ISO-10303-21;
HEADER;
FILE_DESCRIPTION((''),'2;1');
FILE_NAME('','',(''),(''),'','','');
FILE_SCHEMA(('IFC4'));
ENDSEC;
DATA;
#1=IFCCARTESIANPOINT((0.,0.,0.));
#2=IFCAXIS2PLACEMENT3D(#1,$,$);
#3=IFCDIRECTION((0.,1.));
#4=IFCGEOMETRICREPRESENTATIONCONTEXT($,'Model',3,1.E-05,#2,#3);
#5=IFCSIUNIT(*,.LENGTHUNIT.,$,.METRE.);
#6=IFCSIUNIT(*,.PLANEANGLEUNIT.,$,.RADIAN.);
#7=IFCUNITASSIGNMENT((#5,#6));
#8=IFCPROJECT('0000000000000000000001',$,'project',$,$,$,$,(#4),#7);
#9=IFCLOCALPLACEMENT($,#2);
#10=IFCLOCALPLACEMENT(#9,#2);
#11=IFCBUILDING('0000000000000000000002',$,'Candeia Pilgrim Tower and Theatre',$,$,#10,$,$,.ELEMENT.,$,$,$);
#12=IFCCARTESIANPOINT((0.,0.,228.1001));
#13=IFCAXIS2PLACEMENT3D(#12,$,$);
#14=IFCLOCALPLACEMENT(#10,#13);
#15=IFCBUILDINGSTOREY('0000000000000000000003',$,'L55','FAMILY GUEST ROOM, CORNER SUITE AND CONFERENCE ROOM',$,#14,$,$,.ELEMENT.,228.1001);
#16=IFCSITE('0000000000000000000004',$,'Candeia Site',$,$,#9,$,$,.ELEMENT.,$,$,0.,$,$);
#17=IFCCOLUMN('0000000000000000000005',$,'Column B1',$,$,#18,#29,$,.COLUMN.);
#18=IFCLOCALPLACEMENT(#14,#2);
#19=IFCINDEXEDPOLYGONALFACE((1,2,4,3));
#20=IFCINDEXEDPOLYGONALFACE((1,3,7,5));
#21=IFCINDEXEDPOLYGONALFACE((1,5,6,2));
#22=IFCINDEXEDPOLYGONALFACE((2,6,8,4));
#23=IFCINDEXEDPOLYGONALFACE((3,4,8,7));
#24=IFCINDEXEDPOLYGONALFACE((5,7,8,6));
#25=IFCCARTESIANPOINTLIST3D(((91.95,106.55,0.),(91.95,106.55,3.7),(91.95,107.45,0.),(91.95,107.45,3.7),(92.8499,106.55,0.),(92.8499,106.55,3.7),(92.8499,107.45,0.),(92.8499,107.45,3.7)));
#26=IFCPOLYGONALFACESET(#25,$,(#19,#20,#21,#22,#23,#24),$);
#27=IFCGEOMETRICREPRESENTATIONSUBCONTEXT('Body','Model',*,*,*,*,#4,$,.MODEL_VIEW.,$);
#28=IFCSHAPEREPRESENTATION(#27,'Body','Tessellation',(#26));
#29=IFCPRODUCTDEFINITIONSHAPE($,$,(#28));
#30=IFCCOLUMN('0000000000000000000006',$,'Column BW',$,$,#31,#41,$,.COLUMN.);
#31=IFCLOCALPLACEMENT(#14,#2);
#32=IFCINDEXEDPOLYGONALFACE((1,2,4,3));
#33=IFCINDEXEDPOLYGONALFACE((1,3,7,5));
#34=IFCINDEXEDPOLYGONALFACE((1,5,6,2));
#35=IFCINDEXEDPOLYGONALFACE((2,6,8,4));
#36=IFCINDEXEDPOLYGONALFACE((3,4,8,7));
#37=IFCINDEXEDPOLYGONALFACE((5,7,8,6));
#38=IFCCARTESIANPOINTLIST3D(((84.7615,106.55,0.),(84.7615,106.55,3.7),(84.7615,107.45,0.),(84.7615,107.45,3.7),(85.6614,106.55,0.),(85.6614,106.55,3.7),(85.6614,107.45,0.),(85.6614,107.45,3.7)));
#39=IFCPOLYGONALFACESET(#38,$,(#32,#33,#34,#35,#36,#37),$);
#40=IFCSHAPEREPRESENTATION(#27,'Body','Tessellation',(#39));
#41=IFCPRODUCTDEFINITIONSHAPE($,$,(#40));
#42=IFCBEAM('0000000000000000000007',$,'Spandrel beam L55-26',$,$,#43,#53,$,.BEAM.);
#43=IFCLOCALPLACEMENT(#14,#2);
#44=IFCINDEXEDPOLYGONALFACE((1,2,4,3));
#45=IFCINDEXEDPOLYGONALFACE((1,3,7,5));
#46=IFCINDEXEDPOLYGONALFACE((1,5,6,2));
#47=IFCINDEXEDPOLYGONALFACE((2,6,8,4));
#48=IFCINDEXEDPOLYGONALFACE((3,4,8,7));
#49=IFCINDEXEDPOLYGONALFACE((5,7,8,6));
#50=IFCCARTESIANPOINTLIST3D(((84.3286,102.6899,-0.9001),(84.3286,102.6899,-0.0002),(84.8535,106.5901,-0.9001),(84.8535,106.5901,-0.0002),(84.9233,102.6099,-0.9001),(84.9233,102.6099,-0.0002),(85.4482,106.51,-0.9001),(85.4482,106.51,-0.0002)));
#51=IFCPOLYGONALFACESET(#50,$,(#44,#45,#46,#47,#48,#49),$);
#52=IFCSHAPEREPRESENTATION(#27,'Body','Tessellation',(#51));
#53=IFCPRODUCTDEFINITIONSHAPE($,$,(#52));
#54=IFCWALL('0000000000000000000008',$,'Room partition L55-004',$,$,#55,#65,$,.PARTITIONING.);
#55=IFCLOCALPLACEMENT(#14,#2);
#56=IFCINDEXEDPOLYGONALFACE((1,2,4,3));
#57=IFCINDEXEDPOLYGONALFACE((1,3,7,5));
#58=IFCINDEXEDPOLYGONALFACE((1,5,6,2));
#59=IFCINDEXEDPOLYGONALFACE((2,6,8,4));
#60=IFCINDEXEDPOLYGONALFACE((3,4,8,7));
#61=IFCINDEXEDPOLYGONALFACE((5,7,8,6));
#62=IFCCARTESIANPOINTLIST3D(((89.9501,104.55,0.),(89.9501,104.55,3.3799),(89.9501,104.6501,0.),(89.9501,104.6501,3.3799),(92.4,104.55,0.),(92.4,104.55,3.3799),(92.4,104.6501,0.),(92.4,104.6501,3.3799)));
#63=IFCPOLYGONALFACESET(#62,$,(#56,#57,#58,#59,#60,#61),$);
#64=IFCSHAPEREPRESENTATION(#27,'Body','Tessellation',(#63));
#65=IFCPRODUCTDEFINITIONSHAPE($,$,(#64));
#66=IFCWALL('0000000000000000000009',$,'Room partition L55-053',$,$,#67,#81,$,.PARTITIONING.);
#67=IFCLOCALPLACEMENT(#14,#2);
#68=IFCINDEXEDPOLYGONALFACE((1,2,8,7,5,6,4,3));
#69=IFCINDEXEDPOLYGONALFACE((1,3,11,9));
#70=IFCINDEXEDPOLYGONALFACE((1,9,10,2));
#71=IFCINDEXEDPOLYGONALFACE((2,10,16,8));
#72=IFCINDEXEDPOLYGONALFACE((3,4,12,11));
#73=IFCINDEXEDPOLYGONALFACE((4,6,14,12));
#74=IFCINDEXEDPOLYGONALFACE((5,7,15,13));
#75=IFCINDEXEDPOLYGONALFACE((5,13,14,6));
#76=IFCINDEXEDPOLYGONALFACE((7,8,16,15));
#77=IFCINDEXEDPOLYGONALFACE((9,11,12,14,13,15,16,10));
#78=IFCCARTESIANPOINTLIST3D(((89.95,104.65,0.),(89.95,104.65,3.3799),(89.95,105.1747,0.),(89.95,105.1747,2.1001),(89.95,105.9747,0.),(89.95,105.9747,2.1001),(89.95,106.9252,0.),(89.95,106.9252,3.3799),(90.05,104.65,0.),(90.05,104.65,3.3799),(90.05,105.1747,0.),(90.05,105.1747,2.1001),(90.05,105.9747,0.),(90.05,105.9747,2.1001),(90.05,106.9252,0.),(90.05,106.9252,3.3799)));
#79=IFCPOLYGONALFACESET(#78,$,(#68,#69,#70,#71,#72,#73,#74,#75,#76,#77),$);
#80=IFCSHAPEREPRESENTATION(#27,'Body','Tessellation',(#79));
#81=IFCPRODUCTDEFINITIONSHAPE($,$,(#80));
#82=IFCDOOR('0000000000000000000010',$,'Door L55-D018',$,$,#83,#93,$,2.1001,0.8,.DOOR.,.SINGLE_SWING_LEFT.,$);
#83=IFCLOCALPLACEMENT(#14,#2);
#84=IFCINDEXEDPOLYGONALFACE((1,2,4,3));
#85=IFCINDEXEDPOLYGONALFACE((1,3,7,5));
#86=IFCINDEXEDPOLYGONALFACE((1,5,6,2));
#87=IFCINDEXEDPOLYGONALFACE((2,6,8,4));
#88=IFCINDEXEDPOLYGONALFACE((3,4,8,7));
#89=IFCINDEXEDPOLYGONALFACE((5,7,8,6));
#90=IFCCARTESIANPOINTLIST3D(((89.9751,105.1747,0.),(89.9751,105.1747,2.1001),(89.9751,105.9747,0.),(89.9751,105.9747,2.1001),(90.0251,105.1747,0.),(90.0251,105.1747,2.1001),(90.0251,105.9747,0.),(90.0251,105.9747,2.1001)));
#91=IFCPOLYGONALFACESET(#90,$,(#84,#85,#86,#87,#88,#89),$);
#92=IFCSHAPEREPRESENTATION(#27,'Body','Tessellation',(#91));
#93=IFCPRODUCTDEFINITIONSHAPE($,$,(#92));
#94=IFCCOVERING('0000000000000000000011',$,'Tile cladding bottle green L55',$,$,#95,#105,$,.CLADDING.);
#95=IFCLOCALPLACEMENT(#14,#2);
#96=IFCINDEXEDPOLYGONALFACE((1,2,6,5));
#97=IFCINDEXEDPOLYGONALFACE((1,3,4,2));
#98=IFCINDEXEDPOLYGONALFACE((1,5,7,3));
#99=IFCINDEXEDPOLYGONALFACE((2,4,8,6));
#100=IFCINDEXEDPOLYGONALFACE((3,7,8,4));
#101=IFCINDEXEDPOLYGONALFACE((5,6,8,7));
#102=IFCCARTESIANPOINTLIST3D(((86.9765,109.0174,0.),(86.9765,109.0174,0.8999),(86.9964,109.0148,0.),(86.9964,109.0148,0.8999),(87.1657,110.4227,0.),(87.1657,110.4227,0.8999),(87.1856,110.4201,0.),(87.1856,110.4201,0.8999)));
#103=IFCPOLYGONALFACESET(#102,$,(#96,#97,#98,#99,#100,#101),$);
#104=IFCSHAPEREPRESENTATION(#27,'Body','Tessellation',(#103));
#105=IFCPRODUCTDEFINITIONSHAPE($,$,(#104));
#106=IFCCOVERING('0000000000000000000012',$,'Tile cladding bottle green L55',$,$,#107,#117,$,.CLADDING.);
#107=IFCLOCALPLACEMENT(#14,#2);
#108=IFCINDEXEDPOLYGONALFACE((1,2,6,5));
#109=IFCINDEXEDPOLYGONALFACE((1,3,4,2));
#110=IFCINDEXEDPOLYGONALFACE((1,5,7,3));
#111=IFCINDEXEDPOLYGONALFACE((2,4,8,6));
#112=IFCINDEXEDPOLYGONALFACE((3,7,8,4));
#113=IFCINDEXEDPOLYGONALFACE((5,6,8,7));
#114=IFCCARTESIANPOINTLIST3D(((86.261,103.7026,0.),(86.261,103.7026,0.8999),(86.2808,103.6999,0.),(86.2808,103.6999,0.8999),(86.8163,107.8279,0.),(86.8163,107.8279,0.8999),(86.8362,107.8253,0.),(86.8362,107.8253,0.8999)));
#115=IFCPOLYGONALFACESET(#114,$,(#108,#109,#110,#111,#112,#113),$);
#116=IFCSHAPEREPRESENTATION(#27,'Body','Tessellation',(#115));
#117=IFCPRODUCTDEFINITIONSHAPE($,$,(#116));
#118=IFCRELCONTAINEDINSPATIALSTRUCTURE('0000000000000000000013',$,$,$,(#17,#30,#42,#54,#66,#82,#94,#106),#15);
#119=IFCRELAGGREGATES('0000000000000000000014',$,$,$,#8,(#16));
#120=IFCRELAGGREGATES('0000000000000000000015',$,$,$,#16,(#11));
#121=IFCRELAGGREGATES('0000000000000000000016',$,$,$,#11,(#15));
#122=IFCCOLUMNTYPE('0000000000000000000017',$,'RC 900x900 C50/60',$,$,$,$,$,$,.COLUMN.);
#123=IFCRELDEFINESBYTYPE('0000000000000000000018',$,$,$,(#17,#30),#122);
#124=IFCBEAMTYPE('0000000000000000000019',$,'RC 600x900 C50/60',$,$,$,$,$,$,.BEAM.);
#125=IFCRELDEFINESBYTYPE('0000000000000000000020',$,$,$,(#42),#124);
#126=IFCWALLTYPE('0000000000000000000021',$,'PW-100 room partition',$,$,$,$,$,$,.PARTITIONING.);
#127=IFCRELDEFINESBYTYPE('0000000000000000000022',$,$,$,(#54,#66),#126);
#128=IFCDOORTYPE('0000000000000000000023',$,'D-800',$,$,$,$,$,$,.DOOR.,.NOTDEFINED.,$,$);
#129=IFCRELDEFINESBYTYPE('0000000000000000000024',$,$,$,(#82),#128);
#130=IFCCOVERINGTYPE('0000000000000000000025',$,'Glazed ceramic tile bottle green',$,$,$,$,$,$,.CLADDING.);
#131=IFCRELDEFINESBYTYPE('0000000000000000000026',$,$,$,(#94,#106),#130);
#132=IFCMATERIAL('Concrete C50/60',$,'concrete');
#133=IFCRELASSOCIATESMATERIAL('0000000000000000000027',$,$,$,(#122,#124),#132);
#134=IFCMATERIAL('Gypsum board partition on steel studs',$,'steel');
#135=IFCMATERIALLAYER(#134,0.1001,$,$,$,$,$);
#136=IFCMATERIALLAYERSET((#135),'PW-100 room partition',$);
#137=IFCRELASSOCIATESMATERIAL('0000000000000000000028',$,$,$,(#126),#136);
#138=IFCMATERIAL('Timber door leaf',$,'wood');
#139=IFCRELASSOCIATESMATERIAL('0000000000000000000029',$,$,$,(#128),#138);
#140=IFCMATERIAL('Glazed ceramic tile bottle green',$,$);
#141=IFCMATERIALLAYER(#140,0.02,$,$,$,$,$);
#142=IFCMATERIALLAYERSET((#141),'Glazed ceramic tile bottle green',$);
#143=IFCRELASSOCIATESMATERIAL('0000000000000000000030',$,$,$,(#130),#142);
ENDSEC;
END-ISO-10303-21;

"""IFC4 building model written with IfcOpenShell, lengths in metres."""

from ifc_helpers import new_model, si_unit, direction, frame, frame_2d, origin, origin_2d, place, context, subcontext, project, spatial, rectangle, extrude, material, layer, layer_set, material_profile, profile_set, type_object, element, fill, save


model = new_model("IFC4")

# Units and contexts
model_context = context("Model", 3, precision=1e-05, world=origin(), true_north=direction((0.0, 1.0)))
body_context = subcontext(model_context, "Body", "Model", "MODEL_VIEW")
ifc_project = project(units=[si_unit("LENGTHUNIT", "METRE"), si_unit("PLANEANGLEUNIT", "RADIAN")], contexts=[model_context])

# Site, building, storey
site_placement = place(None, origin())
site = spatial("IfcSite", under=ifc_project, at=site_placement, Name="Candeia Site", CompositionType="ELEMENT", RefElevation=0.0)
building_placement = place(site_placement, origin())
building = spatial("IfcBuilding", under=site, at=building_placement, Name="Candeia Pilgrim Tower and Theatre", CompositionType="ELEMENT")
storey_placement = place(building_placement, frame((0.0, 0.0, 228.1001)))
storey = spatial("IfcBuildingStorey", under=building, at=storey_placement, Name="L55", Description="FAMILY GUEST ROOM, CORNER SUITE AND CONFERENCE ROOM", CompositionType="ELEMENT", Elevation=228.1001)

# Columns
ifc_material_1 = material(Name="Concrete C50/60", Category="concrete")
ifc_material_profile_1 = material_profile(ifc_material_1, rectangle(XDim=0.8999, YDim=0.8999, at=origin_2d()))
ifc_profile_set_1 = profile_set([ifc_material_profile_1], Name="Concrete C50/60")
column_type = type_object("IfcColumnType", Name="RC 900x900 C50/60", PredefinedType="COLUMN", material=ifc_profile_set_1)
for number, where, z_axis, x_axis, name in (
    (1, (92.3999, 107.0, 0.0), (0.0, 0.0, 1.0), (1.0, 0.0, 0.0), "Column B1"),
    (2, (85.2114, 107.0, 0.0), (0.0, 0.0, 1.0), (1.0, 0.0, 0.0), "Column BW"),
):
    element("IfcColumn", number, at=place(storey_placement, frame(where, z_axis=z_axis, x_axis=x_axis)), inside=storey, type_object=column_type, Name=name, PredefinedType="COLUMN", context=body_context, shape_type="SweptSolid", body=[
        extrude(rectangle(XDim=0.8999, YDim=0.8999, at=origin_2d()), origin(), (0.0, 0.0, 1.0), 3.7),
    ])

# Beam
ifc_material_profile_2 = material_profile(ifc_material_1, rectangle(XDim=0.6001, YDim=0.8999, at=origin_2d()))
ifc_profile_set_2 = profile_set([ifc_material_profile_2], Name="Concrete C50/60")
beam_type = type_object("IfcBeamType", Name="RC 600x900 C50/60", PredefinedType="BEAM", material=ifc_profile_set_2)
beam_placement = place(storey_placement, frame((85.1509, 106.55, -0.4502), z_axis=(-0.133383, -0.991065, 0.0), x_axis=(0.991065, -0.133383, 0.0)))
element("IfcBeam", 3, at=beam_placement, inside=storey, type_object=beam_type, Name="Spandrel beam L55-26", PredefinedType="BEAM", context=body_context, shape_type="SweptSolid", body=[
    extrude(rectangle(XDim=0.6001, YDim=0.8999, at=origin_2d()), origin(), (0.0, 0.0, 1.0), 3.9353),
])

# Wall
ifc_material_2 = material(Name="Gypsum board partition on steel studs", Category="steel")
ifc_layer_1 = layer(ifc_material_2, 0.1001)
ifc_layer_set_1 = layer_set([ifc_layer_1], Name="PW-100 room partition")
wall_type_1 = type_object("IfcWallType", Name="PW-100 room partition", PredefinedType="PARTITIONING", material=ifc_layer_set_1)
wall_1_placement = place(storey_placement, frame((89.95, 104.6001, 0.0), z_axis=(0.0, 0.0, 1.0), x_axis=(1.0, 0.0, 0.0)))
element("IfcWall", 4, at=wall_1_placement, inside=storey, type_object=wall_type_1, Name="Room partition L55-004", PredefinedType="PARTITIONING", context=body_context, shape_type="SweptSolid", body=[
    extrude(rectangle(XDim=2.45, YDim=0.1001, at=frame_2d((1.2251, 0.0))), origin(), (0.0, 0.0, 1.0), 3.3799),
])

# Wall, opening, door
wall_2_placement = place(storey_placement, frame((90.0, 104.6499, 0.0), z_axis=(0.0, 0.0, 1.0), x_axis=(0.0, 1.0, 0.0)))
wall_2 = element("IfcWall", 5, at=wall_2_placement, inside=storey, type_object=wall_type_1, Name="Room partition L55-053", PredefinedType="PARTITIONING", context=body_context, shape_type="SweptSolid", body=[
    extrude(rectangle(XDim=2.2751, YDim=0.1001, at=frame_2d((1.1377, 0.0))), origin(), (0.0, 0.0, 1.0), 3.3799),
])
opening_1_placement = place(wall_2_placement, frame((0.5249, 0.0, 0.0)))
opening_1 = element("IfcOpeningElement", 6, at=opening_1_placement, cuts=wall_2, PredefinedType="OPENING", context=body_context, shape_type="SweptSolid", body=[
    extrude(rectangle(XDim=0.8, YDim=2.1001, at=frame_2d((0.3999, 1.05))), frame((0.0, 0.0601, 0.0), z_axis=(0.0, -1.0, 0.0), x_axis=(1.0, 0.0, 0.0)), (0.0, 0.0, 1.0), 0.1201),
])
ifc_material_3 = material(Name="Timber door leaf", Category="wood")
door_type_1 = type_object("IfcDoorType", Name="D-800", OperationType="NOTDEFINED", PredefinedType="DOOR", material=ifc_material_3)
door_1_placement = place(opening_1_placement, origin())
door_1 = element("IfcDoor", 7, at=door_1_placement, inside=storey, type_object=door_type_1, Name="Door L55-D018", OperationType="SINGLE_SWING_LEFT", OverallHeight=2.1001, OverallWidth=0.8, PredefinedType="DOOR", context=body_context, shape_type="SweptSolid", body=[
    extrude(rectangle(XDim=0.8, YDim=2.1001, at=frame_2d((0.3999, 1.05))), frame((0.0, 0.0249, 0.0), z_axis=(0.0, -1.0, 0.0), x_axis=(1.0, 0.0, 0.0)), (0.0, 0.0, 1.0), 0.05),
])
fill(opening_1, door_1)

# Coverings
ifc_material_4 = material(Name="Glazed ceramic tile bottle green")
ifc_layer_2 = layer(ifc_material_4, 0.02)
ifc_layer_set_2 = layer_set([ifc_layer_2], Name="Glazed ceramic tile bottle green")
covering_type = type_object("IfcCoveringType", Name="Glazed ceramic tile bottle green", PredefinedType="CLADDING", material=ifc_layer_set_2)
covering_1_placement = place(storey_placement, frame((87.0811, 109.7188, 0.0), z_axis=(0.0, 0.0, 1.0), x_axis=(-0.133412, -0.991061, 0.0)))
element("IfcCovering", 8, at=covering_1_placement, inside=storey, type_object=covering_type, Name="Tile cladding bottle green L55", PredefinedType="CLADDING", context=body_context, shape_type="SweptSolid", body=[
    extrude(rectangle(XDim=1.418, YDim=0.02, at=origin_2d()), origin(), (0.0, 0.0, 1.0), 0.8999),
])
covering_2_placement = place(storey_placement, frame((86.5486, 105.7639, 0.0), z_axis=(0.0, 0.0, 1.0), x_axis=(-0.133412, -0.991061, 0.0)))
element("IfcCovering", 9, at=covering_2_placement, inside=storey, type_object=covering_type, Name="Tile cladding bottle green L55", PredefinedType="CLADDING", context=body_context, shape_type="SweptSolid", body=[
    extrude(rectangle(XDim=4.1626, YDim=0.02, at=origin_2d()), origin(), (0.0, 0.0, 1.0), 0.8999),
])

save(model, "model.ifc")
